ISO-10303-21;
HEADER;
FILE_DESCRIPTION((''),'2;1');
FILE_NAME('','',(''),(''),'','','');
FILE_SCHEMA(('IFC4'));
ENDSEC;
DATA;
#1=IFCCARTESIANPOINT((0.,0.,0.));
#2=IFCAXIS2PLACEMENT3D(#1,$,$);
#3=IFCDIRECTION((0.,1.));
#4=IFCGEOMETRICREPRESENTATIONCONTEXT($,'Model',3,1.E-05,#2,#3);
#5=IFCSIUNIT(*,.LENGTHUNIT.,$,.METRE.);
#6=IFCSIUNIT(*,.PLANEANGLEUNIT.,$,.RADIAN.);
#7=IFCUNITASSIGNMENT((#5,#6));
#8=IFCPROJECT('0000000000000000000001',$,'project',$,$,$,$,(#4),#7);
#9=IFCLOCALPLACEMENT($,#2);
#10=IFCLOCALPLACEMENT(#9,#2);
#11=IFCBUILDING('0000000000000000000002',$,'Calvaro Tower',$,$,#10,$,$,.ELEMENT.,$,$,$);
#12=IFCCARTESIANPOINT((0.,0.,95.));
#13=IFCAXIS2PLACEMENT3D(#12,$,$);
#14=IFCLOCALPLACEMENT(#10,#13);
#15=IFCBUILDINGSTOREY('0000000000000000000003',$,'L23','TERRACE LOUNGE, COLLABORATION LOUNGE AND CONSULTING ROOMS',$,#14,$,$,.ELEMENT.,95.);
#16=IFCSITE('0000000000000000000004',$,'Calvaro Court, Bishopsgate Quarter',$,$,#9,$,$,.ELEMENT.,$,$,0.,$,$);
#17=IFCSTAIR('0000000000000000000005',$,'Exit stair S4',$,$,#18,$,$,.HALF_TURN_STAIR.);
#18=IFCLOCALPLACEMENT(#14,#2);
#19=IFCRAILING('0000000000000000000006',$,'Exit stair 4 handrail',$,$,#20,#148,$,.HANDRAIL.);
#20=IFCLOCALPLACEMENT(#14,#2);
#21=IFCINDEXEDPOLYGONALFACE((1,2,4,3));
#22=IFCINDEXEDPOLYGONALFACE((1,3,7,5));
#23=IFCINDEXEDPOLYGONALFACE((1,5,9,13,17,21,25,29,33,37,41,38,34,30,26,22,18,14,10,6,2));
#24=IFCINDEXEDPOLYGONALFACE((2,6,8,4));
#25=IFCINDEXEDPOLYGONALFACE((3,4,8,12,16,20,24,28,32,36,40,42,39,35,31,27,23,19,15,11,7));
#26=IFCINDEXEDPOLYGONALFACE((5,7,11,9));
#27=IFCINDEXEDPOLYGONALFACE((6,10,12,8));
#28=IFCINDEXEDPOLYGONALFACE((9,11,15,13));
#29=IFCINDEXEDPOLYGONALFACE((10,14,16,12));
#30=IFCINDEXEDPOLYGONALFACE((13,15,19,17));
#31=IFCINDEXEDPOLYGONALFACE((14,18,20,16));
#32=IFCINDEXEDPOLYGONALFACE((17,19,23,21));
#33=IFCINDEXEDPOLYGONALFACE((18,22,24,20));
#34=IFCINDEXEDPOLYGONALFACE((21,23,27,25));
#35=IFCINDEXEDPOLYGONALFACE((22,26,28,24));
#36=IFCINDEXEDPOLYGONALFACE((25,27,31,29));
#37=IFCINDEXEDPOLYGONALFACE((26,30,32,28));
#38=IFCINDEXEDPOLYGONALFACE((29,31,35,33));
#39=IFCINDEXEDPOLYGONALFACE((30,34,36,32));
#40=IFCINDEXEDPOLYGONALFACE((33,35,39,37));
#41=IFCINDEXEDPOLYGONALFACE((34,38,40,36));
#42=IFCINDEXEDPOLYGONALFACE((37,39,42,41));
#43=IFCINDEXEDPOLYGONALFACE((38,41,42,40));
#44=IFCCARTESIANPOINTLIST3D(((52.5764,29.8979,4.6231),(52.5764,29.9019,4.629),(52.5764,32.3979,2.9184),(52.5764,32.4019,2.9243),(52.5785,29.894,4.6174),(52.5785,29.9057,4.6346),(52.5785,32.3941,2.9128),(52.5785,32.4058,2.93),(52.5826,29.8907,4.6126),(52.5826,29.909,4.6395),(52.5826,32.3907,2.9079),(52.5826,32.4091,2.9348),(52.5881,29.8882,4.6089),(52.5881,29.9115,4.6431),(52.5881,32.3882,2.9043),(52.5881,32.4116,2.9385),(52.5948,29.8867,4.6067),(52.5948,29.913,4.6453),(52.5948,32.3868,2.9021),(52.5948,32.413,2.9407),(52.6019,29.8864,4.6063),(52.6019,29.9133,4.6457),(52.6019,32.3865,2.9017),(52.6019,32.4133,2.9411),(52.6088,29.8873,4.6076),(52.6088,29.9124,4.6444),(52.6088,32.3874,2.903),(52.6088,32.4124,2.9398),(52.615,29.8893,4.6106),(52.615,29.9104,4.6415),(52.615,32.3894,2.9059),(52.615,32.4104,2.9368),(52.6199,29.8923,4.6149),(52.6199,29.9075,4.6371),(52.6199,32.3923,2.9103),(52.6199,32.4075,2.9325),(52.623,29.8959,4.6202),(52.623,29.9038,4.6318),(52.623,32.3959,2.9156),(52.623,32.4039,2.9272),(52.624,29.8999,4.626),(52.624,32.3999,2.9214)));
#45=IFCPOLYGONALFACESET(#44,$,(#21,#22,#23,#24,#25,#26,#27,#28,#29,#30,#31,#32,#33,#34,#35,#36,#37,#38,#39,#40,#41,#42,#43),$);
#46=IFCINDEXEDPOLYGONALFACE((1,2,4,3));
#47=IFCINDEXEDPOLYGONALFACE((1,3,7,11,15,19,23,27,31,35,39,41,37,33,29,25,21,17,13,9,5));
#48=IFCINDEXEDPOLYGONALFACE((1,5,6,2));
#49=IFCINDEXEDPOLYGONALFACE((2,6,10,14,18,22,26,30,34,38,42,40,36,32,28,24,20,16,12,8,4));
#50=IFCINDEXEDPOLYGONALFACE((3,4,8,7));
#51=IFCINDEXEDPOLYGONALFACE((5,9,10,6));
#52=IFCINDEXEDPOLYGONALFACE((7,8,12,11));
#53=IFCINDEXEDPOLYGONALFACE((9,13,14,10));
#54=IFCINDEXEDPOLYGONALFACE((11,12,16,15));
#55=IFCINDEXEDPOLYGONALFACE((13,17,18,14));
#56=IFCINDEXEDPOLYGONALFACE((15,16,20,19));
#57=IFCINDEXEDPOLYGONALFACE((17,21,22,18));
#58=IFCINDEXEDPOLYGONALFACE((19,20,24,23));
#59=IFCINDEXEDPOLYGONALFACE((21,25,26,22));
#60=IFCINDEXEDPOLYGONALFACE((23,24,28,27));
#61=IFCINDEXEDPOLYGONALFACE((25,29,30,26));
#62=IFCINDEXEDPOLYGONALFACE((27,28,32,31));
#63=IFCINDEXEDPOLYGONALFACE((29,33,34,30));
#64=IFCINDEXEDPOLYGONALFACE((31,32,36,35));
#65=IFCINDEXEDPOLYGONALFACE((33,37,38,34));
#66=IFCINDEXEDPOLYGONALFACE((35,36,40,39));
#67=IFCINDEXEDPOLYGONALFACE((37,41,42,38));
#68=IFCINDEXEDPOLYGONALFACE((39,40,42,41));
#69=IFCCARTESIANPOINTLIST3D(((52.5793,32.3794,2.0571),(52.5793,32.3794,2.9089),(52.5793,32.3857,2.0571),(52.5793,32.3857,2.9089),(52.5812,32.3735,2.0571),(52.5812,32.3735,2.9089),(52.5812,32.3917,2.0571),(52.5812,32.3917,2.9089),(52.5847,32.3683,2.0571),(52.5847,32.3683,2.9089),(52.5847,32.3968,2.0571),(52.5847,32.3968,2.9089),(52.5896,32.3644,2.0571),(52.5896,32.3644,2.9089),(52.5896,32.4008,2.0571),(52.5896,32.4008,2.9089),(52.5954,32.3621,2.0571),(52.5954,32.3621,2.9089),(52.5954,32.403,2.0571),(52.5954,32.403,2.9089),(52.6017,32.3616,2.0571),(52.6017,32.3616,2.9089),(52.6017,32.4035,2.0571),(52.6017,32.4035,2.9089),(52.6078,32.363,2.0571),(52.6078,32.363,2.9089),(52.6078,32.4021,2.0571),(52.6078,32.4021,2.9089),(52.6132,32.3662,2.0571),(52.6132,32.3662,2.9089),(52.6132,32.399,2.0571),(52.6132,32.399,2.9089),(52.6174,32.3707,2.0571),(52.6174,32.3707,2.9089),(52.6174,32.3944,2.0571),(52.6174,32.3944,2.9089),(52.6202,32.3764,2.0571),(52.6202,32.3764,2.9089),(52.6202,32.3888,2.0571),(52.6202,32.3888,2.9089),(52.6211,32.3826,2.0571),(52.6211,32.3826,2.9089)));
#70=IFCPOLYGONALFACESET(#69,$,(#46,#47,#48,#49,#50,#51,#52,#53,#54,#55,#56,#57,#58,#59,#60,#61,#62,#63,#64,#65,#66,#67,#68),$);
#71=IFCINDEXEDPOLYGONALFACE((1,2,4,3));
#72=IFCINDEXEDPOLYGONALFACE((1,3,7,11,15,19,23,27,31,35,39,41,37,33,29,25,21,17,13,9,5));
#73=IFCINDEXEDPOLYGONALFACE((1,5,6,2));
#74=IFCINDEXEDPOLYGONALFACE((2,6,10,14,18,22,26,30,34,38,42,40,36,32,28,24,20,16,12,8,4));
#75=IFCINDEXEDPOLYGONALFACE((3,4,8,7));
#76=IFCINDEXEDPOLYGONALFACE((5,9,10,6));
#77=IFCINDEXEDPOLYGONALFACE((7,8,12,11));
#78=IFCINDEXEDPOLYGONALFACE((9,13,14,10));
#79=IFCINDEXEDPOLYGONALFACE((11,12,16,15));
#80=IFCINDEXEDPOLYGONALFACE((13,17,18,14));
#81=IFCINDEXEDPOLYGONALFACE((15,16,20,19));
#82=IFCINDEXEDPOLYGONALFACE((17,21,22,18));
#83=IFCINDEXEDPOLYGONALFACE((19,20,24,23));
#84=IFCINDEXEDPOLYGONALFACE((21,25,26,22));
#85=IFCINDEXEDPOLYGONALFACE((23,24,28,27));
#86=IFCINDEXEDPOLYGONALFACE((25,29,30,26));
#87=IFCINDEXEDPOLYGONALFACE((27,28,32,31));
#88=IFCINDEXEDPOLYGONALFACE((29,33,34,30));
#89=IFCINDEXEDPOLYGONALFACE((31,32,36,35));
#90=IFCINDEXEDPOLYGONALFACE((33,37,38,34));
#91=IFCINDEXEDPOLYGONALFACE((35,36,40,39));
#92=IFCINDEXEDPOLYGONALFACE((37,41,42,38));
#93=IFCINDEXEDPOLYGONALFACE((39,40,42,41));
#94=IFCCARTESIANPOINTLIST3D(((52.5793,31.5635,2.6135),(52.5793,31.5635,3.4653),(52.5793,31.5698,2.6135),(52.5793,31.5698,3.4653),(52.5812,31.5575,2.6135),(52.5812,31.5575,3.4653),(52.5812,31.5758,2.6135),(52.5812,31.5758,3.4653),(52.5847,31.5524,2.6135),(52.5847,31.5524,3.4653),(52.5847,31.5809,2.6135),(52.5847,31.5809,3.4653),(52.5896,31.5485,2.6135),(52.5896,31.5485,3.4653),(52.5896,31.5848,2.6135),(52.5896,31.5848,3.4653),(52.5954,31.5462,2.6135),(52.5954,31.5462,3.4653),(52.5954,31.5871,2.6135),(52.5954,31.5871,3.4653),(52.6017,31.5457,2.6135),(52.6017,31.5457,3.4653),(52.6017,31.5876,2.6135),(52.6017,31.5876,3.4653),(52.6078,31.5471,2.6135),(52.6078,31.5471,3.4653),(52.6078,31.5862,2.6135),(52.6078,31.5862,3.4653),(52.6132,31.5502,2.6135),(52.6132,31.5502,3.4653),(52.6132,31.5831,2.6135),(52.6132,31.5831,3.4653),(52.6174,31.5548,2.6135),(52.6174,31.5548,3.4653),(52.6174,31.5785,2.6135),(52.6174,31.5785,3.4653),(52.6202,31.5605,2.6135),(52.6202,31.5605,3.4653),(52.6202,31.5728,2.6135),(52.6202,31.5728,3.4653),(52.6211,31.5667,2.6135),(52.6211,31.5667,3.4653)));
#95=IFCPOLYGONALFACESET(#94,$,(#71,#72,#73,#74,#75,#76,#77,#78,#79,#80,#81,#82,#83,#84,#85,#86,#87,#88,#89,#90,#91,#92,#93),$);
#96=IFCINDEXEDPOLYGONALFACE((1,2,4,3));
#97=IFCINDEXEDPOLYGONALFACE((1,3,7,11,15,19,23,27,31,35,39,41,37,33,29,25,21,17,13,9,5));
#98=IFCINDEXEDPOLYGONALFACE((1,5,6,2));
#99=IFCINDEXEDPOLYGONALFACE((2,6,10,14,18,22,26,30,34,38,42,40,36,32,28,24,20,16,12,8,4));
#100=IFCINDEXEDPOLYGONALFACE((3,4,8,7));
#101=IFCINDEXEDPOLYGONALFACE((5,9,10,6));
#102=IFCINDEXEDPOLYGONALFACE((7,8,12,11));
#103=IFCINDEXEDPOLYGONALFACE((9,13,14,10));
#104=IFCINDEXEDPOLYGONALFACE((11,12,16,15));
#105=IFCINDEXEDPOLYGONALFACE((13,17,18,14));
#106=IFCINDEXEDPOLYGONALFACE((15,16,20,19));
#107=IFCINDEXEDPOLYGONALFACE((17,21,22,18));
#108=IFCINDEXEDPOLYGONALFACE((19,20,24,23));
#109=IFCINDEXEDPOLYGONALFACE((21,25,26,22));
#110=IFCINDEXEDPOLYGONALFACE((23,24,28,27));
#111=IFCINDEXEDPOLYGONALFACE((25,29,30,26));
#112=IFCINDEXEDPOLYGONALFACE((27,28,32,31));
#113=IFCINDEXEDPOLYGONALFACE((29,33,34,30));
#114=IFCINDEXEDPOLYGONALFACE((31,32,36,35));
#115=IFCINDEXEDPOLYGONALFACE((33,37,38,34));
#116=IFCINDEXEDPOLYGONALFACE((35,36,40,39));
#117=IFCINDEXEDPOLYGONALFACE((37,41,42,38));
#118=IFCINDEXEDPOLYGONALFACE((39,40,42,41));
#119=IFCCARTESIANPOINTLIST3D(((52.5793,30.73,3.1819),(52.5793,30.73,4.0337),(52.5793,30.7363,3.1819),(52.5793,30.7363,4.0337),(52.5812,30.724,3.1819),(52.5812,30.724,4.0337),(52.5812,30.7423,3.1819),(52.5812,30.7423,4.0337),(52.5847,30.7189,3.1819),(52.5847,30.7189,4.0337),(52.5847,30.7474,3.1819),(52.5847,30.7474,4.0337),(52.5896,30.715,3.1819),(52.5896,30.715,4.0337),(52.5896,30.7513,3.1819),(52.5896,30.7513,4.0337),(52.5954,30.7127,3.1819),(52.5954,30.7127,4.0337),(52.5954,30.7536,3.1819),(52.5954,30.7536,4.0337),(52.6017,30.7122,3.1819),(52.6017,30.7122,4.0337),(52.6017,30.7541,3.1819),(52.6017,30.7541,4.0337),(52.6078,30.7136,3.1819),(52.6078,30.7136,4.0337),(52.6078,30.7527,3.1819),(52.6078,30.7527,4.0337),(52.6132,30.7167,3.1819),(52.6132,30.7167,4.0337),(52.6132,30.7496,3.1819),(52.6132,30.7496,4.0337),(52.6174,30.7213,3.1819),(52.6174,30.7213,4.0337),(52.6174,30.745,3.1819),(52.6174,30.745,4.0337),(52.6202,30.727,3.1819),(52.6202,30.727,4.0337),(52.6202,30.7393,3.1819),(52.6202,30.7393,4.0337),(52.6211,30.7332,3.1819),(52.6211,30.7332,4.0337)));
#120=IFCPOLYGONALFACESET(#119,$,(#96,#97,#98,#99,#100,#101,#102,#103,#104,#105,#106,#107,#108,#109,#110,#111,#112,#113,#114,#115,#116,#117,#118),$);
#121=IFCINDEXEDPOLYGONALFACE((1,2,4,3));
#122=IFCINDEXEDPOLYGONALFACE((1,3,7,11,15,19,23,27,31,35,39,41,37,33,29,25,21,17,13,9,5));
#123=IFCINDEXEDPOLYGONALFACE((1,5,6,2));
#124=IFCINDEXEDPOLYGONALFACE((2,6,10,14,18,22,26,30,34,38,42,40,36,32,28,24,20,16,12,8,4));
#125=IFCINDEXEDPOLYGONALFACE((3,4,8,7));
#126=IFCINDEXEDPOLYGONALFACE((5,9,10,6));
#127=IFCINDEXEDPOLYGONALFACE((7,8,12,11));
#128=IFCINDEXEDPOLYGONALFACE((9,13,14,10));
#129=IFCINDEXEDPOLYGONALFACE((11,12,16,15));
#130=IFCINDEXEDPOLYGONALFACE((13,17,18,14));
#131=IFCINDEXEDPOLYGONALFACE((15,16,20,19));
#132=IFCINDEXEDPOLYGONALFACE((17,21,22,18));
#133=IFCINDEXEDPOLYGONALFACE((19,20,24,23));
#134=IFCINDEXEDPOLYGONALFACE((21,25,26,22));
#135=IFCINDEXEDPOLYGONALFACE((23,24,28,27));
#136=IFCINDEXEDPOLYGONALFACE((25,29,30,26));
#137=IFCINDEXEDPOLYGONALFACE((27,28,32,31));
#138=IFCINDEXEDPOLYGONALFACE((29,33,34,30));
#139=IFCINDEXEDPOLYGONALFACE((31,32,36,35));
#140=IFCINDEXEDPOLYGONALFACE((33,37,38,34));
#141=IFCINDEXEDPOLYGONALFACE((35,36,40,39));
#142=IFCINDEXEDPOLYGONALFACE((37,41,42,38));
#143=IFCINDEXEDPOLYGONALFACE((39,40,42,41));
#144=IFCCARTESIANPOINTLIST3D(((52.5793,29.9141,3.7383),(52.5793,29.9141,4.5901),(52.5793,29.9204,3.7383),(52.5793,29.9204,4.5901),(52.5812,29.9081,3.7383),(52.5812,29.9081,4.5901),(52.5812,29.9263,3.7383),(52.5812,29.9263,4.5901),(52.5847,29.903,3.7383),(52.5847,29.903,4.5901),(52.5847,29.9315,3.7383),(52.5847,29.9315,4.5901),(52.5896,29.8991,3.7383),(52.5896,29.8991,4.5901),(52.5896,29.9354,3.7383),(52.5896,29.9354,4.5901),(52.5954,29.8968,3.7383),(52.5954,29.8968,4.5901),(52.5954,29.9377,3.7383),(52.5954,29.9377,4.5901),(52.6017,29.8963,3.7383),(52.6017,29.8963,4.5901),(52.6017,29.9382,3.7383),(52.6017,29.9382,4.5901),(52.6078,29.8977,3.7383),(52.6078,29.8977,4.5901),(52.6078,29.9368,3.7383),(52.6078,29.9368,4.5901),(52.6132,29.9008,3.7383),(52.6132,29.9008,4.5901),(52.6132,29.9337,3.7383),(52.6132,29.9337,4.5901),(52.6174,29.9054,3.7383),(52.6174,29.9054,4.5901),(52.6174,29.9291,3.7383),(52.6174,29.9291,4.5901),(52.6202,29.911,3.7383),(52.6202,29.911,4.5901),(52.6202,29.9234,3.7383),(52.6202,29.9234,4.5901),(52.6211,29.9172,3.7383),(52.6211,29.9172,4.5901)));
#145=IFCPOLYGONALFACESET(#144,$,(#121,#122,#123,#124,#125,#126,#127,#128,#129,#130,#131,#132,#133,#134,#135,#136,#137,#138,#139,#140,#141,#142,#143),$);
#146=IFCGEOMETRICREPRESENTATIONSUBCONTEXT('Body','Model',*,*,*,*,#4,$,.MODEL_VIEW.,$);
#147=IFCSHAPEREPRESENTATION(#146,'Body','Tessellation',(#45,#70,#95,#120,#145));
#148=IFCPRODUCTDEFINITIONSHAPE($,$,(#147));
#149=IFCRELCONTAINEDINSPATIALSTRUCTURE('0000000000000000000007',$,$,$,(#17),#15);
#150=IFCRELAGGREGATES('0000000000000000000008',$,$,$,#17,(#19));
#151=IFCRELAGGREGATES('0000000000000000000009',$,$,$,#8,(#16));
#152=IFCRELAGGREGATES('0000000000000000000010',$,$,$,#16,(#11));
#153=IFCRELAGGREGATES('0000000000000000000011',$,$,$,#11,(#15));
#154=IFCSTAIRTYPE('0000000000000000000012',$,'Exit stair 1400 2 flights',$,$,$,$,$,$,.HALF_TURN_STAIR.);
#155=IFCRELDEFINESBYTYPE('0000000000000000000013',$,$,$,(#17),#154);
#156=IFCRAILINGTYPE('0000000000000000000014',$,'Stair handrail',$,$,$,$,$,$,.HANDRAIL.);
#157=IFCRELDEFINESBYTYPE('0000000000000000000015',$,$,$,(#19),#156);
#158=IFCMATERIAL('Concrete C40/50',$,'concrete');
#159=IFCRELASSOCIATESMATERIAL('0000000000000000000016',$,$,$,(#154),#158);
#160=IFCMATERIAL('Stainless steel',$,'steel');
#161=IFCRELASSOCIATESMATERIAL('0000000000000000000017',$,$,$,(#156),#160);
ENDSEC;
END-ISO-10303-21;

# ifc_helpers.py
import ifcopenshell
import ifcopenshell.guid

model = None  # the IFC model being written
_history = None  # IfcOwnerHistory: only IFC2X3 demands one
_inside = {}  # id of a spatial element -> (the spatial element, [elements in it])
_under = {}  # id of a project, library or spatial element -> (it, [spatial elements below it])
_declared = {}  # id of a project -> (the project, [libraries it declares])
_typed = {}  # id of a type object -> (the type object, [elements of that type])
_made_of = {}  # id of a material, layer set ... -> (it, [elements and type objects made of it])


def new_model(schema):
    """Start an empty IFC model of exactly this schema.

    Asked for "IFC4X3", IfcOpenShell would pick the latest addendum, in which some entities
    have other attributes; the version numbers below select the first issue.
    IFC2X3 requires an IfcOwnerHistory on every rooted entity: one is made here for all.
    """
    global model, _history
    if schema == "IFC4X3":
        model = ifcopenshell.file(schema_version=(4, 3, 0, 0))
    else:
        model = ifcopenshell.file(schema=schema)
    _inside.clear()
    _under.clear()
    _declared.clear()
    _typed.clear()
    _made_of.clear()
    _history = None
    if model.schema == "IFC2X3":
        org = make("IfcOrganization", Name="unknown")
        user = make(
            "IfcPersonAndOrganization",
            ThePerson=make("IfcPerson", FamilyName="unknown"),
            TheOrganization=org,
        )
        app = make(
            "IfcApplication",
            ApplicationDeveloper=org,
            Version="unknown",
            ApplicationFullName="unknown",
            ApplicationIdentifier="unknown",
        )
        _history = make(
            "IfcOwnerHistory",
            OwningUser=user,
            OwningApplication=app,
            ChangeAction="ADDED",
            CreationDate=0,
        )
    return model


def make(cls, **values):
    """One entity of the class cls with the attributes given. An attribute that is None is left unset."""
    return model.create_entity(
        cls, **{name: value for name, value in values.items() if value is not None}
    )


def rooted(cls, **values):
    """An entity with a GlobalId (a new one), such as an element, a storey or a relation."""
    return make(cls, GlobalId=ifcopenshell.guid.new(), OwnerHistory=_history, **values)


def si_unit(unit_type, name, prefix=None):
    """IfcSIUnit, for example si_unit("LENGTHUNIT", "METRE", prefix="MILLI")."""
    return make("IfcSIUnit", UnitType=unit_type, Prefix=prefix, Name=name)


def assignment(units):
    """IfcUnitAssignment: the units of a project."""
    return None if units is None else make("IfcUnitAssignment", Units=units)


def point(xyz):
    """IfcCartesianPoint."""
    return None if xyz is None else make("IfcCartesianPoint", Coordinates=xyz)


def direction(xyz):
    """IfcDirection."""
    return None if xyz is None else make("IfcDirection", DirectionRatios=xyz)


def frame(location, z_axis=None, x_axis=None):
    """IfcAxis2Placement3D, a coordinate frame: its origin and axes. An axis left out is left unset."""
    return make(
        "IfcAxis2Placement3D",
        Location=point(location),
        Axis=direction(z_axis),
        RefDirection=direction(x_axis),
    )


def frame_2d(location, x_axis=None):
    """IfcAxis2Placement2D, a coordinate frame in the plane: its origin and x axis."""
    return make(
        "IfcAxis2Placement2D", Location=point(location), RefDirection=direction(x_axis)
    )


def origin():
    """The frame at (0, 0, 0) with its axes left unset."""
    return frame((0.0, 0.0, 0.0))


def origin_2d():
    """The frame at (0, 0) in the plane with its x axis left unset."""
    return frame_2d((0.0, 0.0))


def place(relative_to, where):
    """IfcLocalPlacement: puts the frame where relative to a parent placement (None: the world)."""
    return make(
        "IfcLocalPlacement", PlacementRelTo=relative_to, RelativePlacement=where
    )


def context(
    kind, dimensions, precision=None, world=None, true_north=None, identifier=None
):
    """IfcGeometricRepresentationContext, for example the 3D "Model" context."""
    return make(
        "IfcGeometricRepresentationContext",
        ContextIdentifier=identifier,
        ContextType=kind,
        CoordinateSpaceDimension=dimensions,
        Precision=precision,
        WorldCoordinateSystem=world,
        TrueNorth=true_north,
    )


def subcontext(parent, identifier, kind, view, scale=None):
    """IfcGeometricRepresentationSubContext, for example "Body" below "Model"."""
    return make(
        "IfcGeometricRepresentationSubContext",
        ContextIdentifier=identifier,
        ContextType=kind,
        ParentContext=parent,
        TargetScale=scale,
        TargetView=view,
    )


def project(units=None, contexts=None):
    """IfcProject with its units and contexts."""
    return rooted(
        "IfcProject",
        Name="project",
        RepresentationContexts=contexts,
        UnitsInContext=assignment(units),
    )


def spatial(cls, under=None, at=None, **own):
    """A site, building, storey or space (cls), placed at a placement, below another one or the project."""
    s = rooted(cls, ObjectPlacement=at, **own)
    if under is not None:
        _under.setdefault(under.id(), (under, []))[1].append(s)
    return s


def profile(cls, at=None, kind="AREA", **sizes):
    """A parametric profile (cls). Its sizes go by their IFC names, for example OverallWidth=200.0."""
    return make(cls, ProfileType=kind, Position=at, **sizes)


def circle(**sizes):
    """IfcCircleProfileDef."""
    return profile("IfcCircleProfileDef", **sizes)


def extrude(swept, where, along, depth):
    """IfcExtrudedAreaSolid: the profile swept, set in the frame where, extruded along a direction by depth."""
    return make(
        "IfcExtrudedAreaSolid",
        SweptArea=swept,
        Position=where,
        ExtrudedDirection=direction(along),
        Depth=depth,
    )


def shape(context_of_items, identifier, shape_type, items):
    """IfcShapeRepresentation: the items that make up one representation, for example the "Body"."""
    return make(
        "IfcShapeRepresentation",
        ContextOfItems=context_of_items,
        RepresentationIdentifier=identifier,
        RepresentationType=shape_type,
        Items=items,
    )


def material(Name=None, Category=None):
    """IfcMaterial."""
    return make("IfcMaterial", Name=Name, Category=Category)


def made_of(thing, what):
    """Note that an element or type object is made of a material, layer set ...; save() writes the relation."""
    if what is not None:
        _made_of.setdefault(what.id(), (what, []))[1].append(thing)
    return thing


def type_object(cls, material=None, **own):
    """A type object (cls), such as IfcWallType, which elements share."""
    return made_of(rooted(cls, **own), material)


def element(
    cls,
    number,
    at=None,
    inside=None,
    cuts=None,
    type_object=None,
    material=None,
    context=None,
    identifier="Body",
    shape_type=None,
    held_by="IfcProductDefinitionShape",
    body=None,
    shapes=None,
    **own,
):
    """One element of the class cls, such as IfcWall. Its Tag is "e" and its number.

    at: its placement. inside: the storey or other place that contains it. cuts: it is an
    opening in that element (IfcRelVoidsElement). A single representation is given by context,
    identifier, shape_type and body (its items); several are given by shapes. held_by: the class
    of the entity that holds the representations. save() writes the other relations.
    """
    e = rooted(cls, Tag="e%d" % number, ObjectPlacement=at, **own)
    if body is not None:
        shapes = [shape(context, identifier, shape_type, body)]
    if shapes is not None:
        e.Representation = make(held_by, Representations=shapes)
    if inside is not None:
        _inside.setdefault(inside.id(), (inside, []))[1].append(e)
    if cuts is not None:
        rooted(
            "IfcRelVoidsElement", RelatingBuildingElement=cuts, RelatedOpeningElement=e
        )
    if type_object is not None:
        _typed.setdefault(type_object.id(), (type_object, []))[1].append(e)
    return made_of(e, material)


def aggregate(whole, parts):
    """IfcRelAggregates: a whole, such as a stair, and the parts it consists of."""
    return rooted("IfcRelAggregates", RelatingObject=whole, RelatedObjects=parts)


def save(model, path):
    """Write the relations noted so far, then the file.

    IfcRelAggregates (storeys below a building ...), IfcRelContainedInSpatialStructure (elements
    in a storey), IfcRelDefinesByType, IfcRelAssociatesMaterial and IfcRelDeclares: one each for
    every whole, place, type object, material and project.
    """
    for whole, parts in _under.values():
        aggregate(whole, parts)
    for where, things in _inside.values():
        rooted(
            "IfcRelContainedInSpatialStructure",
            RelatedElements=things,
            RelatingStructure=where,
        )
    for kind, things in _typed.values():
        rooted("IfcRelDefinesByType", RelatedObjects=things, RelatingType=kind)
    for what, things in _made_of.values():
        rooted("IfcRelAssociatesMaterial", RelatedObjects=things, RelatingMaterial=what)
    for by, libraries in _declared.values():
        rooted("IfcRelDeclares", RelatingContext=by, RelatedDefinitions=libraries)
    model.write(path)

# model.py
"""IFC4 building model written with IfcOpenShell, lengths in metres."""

from ifc_helpers import new_model, si_unit, direction, frame, origin, origin_2d, place, context, subcontext, project, spatial, circle, extrude, material, type_object, element, aggregate, save


model = new_model("IFC4")

# Units and contexts
model_context = context("Model", 3, precision=1e-05, world=origin(), true_north=direction((0.0, 1.0)))
body_context = subcontext(model_context, "Body", "Model", "MODEL_VIEW")
ifc_project = project(units=[si_unit("LENGTHUNIT", "METRE"), si_unit("PLANEANGLEUNIT", "RADIAN")], contexts=[model_context])

# Site, building, storey
site_placement = place(None, origin())
site = spatial("IfcSite", under=ifc_project, at=site_placement, Name="Calvaro Court, Bishopsgate Quarter", CompositionType="ELEMENT", RefElevation=0.0)
building_placement = place(site_placement, origin())
building = spatial("IfcBuilding", under=site, at=building_placement, Name="Calvaro Tower", CompositionType="ELEMENT")
storey_placement = place(building_placement, frame((0.0, 0.0, 95.0)))
storey = spatial("IfcBuildingStorey", under=building, at=storey_placement, Name="L23", Description="TERRACE LOUNGE, COLLABORATION LOUNGE AND CONSULTING ROOMS", CompositionType="ELEMENT", Elevation=95.0)

# Stair
ifc_material_1 = material(Name="Concrete C40/50", Category="concrete")
stair_type = type_object("IfcStairType", Name="Exit stair 1400 2 flights", PredefinedType="HALF_TURN_STAIR", material=ifc_material_1)
stair_1_placement = place(storey_placement, origin())
stair_1 = element("IfcStair", 1, at=stair_1_placement, inside=storey, type_object=stair_type, Name="Exit stair S4", PredefinedType="HALF_TURN_STAIR")

# Railing
ifc_material_2 = material(Name="Stainless steel", Category="steel")
railing_type = type_object("IfcRailingType", Name="Stair handrail", PredefinedType="HANDRAIL", material=ifc_material_2)
railing_1_placement = place(storey_placement, frame((52.6001, 32.3999, 2.0454)))
railing_1 = element("IfcRailing", 2, at=railing_1_placement, type_object=railing_type, Name="Exit stair 4 handrail", PredefinedType="HANDRAIL", context=body_context, shape_type="SweptSolid", body=[
    extrude(circle(Radius=0.0239, at=origin_2d()), frame((0.0, 0.0, 0.876), z_axis=(0.0, -0.826221, 0.563347), x_axis=(1.0, 0.0, 0.0)), (0.0, 0.0, 1.0), 3.0259),
    extrude(circle(Radius=0.021, at=origin_2d()), frame((0.0, -0.0173, 0.0117)), (0.0, 0.0, 1.0), 0.8518),
    extrude(circle(Radius=0.021, at=origin_2d()), frame((0.0, -0.8333, 0.5681)), (0.0, 0.0, 1.0), 0.8518),
    extrude(circle(Radius=0.021, at=origin_2d()), frame((0.0, -1.6667, 1.1365)), (0.0, 0.0, 1.0), 0.8518),
    extrude(circle(Radius=0.021, at=origin_2d()), frame((0.0, -2.4827, 1.6929)), (0.0, 0.0, 1.0), 0.8518),
])
aggregate(stair_1, [railing_1])

save(model, "model.ifc")
